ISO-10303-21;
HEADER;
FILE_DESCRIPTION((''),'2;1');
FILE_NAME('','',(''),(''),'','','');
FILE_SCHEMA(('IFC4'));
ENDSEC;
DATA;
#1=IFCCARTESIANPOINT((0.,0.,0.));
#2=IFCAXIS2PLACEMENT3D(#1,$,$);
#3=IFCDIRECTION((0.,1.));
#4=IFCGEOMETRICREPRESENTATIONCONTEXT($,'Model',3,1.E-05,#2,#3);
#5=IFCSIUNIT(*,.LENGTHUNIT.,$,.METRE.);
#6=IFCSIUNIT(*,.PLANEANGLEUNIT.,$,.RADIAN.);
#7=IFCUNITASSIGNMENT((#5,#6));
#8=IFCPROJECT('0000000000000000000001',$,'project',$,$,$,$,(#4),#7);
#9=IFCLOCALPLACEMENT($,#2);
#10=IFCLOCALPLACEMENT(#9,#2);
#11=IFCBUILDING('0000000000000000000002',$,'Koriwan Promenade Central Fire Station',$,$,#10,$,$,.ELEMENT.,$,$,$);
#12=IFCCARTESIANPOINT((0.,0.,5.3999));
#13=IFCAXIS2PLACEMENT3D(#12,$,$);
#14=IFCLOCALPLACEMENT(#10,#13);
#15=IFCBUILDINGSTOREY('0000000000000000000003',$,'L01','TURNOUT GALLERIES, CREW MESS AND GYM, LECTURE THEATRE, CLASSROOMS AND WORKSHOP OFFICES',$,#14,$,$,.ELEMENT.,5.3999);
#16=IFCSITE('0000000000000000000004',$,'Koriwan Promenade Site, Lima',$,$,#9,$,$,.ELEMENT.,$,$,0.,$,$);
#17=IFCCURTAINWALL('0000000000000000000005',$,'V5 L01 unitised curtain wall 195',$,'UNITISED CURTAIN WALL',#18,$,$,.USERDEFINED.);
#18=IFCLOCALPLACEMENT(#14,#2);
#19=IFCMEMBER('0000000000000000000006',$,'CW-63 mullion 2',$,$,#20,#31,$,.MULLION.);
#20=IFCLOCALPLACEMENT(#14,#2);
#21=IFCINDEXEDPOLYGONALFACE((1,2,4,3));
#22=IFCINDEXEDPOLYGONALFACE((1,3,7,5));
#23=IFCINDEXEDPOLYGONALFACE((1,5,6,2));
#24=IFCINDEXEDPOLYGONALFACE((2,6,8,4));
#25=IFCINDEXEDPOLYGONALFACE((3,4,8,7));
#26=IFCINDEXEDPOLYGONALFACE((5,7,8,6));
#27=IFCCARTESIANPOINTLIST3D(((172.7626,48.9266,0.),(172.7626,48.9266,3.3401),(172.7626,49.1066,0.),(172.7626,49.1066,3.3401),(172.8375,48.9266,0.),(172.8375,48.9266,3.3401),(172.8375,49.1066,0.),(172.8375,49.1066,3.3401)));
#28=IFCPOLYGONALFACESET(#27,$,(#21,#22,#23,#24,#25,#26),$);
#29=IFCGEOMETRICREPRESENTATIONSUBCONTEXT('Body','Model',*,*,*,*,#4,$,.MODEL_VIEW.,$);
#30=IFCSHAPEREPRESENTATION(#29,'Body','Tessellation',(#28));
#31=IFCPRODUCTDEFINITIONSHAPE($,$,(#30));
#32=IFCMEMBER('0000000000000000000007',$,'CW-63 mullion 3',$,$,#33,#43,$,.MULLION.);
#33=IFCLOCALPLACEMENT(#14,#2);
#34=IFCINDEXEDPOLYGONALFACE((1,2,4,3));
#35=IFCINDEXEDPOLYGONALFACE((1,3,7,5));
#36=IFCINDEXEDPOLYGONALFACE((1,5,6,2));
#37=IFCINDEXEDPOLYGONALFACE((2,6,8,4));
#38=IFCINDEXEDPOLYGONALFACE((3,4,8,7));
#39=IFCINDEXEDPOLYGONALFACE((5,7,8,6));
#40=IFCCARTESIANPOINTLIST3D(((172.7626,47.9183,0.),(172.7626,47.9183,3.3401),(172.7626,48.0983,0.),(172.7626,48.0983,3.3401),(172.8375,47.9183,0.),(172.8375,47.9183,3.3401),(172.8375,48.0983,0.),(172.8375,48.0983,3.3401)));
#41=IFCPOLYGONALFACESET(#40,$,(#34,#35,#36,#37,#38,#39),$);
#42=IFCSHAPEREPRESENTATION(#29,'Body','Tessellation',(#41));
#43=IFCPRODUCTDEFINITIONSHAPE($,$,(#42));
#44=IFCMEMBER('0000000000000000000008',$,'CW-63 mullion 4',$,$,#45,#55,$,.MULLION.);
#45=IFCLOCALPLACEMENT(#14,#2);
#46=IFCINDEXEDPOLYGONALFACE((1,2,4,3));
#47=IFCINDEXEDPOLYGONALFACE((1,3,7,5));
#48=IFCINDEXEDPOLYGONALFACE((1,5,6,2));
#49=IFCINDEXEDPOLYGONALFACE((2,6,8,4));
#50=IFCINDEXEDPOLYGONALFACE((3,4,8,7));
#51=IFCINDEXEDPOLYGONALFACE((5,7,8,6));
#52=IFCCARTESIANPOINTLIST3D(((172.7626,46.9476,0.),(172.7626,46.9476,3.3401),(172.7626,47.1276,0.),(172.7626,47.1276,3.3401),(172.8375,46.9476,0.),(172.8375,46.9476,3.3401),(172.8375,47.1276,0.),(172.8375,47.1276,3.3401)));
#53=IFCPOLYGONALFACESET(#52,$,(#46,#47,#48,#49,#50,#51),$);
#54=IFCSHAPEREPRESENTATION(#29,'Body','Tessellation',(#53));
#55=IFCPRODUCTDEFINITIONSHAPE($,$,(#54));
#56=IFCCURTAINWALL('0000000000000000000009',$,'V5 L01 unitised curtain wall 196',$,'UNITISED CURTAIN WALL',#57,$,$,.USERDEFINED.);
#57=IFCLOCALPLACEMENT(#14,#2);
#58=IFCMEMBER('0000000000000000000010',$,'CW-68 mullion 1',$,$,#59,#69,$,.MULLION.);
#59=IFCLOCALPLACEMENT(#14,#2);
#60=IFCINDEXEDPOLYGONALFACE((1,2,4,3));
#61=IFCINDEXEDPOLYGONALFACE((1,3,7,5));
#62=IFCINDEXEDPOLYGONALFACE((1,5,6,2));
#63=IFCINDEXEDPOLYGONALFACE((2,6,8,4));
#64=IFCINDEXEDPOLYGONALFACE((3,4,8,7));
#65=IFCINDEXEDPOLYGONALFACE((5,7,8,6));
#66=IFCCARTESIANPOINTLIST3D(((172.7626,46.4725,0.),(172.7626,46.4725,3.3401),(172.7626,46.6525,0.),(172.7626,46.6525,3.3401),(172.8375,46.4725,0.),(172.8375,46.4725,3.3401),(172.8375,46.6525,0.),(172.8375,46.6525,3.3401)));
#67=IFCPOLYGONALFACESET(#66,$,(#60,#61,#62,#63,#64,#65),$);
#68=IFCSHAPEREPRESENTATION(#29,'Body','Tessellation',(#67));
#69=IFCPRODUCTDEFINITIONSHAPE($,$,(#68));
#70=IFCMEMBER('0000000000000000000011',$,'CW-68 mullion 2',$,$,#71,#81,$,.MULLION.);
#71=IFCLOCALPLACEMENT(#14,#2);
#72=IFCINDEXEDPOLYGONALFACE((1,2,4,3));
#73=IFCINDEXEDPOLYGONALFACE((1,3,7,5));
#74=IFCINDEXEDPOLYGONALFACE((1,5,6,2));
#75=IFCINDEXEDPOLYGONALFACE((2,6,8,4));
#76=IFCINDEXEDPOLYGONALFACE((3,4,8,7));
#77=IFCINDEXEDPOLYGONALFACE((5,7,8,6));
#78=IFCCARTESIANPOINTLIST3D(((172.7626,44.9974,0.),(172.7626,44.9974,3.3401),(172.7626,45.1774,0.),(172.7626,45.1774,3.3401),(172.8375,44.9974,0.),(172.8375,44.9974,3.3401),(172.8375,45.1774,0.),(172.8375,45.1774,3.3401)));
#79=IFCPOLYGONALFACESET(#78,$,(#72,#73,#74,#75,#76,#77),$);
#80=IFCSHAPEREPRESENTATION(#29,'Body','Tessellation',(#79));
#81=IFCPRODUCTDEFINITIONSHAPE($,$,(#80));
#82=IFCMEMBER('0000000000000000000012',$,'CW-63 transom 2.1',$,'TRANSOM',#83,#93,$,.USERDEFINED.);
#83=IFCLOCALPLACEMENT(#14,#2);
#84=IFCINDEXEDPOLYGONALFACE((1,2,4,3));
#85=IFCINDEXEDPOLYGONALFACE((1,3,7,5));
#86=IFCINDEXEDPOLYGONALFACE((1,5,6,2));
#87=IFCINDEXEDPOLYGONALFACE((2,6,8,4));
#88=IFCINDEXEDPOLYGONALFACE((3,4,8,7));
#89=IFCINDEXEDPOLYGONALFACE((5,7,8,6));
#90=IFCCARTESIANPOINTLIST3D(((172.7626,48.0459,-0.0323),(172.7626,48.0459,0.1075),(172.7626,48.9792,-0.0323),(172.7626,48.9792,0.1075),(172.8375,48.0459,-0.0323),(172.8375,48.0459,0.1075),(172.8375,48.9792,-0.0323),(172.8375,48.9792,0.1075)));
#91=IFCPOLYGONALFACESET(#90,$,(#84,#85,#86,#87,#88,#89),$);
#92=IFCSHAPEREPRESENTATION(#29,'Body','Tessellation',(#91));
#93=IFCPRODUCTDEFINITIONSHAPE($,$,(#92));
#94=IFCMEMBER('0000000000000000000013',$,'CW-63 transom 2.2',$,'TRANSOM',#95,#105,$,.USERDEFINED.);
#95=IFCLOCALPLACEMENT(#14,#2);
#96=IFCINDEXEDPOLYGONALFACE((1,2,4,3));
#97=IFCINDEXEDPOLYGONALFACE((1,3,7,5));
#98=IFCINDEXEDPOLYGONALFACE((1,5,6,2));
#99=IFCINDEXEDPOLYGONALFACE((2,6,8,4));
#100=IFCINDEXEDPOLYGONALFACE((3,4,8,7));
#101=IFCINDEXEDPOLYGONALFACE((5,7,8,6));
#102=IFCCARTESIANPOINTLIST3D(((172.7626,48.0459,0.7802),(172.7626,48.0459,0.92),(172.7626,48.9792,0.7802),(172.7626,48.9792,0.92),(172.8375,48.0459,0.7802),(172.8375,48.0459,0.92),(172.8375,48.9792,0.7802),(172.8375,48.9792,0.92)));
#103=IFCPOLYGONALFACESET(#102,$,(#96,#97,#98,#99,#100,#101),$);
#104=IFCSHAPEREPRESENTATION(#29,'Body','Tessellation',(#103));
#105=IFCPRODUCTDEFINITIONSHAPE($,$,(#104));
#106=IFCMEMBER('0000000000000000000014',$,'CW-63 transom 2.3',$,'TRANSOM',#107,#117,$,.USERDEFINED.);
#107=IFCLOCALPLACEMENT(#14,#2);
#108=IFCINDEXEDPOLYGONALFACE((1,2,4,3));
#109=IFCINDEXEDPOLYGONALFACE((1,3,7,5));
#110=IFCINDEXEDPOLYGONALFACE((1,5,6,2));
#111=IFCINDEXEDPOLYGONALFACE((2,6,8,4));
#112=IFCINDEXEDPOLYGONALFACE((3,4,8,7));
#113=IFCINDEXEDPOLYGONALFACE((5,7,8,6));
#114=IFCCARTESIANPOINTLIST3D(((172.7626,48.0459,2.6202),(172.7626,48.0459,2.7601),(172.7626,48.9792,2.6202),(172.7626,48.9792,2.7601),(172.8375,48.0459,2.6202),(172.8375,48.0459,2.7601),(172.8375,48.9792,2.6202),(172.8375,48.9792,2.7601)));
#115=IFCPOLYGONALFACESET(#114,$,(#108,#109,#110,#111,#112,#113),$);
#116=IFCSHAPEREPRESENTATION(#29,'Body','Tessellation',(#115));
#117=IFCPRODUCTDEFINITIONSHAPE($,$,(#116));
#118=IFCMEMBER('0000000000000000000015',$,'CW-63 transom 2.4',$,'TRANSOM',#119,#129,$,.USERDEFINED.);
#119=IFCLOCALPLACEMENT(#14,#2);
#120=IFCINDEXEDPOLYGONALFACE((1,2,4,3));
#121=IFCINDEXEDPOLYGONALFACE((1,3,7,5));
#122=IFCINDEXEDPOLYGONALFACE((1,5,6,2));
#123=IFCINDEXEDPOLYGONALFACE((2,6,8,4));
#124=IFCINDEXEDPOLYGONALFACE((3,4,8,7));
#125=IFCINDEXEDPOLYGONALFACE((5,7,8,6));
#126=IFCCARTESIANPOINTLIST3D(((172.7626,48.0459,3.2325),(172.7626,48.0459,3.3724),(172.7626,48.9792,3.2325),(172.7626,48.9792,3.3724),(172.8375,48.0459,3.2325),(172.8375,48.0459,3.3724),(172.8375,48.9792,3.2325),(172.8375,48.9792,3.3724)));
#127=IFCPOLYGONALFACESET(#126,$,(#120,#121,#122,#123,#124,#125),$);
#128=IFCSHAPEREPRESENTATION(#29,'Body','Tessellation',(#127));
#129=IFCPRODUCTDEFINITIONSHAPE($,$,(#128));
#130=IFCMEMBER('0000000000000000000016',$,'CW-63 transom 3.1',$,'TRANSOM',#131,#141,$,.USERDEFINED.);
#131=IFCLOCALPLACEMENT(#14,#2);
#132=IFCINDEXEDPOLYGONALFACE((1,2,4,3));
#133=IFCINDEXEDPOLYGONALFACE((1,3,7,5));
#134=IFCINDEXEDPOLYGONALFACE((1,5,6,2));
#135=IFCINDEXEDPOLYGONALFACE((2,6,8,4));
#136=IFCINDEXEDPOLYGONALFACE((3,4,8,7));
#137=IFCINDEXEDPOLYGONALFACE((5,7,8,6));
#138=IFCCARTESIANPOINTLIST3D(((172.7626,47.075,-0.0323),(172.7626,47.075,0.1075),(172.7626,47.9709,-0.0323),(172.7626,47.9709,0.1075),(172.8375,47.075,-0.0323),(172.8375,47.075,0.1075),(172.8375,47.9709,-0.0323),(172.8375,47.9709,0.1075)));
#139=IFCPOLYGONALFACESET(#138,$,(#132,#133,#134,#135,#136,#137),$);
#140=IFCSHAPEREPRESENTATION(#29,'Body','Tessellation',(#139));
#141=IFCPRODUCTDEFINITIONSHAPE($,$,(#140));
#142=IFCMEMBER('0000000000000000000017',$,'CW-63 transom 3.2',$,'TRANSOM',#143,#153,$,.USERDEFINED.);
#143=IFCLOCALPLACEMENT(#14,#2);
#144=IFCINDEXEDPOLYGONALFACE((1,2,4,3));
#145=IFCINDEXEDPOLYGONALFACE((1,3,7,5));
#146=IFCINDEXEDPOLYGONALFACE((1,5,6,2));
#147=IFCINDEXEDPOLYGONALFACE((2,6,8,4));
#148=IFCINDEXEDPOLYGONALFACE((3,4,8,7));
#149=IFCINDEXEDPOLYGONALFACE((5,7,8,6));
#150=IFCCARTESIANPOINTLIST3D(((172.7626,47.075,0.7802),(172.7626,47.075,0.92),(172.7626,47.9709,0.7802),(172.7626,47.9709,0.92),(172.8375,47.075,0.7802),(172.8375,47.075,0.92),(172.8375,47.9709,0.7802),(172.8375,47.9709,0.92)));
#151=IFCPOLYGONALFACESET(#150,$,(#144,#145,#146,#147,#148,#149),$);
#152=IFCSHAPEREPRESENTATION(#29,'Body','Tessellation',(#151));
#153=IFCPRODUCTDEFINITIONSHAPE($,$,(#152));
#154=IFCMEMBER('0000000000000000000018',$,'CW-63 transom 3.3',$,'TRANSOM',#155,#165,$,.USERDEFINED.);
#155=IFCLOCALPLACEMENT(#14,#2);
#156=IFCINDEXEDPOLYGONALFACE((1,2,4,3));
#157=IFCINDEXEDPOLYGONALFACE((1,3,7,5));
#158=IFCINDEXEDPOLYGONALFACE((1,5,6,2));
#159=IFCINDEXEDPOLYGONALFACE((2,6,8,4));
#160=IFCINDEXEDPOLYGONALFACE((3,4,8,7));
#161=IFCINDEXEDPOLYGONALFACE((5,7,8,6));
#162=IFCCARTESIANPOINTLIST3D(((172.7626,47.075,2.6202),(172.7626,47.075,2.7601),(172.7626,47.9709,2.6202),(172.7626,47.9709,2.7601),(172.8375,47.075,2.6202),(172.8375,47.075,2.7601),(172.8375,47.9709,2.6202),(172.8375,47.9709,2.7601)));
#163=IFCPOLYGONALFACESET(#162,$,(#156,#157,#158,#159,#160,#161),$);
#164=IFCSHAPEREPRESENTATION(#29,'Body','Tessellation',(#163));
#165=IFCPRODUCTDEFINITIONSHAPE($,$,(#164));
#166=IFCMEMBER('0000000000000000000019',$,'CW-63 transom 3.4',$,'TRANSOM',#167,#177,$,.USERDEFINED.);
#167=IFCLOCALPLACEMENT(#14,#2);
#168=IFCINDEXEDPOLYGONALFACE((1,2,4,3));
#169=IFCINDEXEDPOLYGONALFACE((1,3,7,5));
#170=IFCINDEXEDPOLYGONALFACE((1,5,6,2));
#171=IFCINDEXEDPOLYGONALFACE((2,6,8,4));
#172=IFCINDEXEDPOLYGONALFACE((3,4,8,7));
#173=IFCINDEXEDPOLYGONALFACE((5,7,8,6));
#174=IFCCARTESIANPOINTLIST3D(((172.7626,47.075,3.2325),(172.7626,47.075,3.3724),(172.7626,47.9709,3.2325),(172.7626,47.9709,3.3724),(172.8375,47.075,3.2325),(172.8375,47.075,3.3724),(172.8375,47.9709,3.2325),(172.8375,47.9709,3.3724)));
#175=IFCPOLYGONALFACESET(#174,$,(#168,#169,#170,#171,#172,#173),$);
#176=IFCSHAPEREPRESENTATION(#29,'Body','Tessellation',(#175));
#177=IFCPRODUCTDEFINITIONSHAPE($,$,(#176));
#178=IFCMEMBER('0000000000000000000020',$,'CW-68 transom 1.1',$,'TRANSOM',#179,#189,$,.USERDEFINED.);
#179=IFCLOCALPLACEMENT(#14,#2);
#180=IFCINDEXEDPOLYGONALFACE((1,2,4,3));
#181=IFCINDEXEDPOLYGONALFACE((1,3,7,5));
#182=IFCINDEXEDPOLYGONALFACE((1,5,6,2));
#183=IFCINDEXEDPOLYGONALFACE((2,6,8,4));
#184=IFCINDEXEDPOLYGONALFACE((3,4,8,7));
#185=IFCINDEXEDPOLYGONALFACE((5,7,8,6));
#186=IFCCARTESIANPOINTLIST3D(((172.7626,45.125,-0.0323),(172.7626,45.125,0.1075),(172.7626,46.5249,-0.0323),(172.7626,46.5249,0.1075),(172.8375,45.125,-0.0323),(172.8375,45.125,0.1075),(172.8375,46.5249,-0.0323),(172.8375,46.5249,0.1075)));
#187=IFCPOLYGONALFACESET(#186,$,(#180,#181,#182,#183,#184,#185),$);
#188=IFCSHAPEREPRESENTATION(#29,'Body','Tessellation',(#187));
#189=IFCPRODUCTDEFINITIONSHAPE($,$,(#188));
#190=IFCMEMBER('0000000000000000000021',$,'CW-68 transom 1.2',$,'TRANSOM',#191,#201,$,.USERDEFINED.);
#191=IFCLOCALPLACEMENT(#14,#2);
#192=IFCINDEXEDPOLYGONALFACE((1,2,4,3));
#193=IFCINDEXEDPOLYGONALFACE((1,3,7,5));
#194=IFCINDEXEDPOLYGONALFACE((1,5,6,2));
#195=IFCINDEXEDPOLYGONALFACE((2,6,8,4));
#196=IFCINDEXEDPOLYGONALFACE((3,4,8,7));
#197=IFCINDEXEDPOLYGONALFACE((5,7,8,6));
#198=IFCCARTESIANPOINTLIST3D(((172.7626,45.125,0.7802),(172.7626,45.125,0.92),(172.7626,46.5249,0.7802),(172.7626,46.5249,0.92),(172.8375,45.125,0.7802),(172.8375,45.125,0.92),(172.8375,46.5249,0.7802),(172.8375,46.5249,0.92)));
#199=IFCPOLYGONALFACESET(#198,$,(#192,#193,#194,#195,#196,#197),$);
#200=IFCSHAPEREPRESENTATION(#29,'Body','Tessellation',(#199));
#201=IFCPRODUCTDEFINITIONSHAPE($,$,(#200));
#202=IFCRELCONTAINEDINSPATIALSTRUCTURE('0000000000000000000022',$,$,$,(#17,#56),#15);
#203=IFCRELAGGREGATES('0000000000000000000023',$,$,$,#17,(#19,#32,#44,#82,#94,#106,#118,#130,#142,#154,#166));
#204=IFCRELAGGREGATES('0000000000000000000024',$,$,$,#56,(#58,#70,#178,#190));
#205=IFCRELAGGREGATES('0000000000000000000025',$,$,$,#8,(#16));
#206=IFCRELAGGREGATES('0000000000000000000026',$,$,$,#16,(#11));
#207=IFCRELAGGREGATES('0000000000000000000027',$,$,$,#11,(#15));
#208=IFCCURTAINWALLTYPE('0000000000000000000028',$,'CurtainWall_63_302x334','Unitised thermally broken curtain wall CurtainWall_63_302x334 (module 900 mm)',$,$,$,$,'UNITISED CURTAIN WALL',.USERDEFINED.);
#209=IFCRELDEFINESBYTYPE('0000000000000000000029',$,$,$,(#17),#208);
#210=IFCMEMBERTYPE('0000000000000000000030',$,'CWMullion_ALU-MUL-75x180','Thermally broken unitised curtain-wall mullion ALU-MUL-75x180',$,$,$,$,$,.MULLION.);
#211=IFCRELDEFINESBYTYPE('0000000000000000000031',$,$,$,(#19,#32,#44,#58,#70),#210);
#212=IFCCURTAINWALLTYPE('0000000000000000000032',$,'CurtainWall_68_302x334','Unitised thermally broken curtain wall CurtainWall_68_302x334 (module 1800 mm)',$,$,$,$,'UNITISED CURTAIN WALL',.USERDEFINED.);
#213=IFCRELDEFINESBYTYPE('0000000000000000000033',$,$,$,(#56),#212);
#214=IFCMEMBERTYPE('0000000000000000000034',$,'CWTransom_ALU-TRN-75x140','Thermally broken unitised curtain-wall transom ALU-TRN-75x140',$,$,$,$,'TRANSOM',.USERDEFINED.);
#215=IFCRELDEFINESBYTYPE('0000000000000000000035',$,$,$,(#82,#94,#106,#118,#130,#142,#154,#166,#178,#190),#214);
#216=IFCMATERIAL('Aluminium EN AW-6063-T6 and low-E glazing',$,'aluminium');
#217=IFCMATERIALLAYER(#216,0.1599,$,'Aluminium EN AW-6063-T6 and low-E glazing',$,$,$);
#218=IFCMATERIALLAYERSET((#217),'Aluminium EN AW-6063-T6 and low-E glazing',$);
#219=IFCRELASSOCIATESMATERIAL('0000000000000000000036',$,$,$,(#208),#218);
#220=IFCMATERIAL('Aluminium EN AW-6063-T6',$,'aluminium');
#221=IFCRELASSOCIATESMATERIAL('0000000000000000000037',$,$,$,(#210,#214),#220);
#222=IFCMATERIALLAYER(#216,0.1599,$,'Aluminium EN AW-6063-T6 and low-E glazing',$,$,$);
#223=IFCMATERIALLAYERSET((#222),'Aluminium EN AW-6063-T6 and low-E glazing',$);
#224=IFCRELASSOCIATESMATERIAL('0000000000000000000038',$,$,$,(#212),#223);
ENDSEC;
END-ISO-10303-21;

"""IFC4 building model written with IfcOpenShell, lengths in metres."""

from ifc_helpers import new_model, si_unit, direction, frame, origin, origin_2d, place, context, subcontext, project, spatial, rectangle, extrude, material, layer, layer_set, material_profile, profile_set, type_object, element, aggregate, save


model = new_model("IFC4")

# Units and contexts
model_context = context("Model", 3, precision=1e-05, world=origin(), true_north=direction((0.0, 1.0)))
body_context = subcontext(model_context, "Body", "Model", "MODEL_VIEW")
ifc_project = project(units=[si_unit("LENGTHUNIT", "METRE"), si_unit("PLANEANGLEUNIT", "RADIAN")], contexts=[model_context])

# Site, building, storey
site_placement = place(None, origin())
site = spatial("IfcSite", under=ifc_project, at=site_placement, Name="Koriwan Promenade Site, Lima", CompositionType="ELEMENT", RefElevation=0.0)
building_placement = place(site_placement, origin())
building = spatial("IfcBuilding", under=site, at=building_placement, Name="Koriwan Promenade Central Fire Station", CompositionType="ELEMENT")
storey_placement = place(building_placement, frame((0.0, 0.0, 5.3999)))
storey = spatial("IfcBuildingStorey", under=building, at=storey_placement, Name="L01", Description="TURNOUT GALLERIES, CREW MESS AND GYM, LECTURE THEATRE, CLASSROOMS AND WORKSHOP OFFICES", CompositionType="ELEMENT", Elevation=5.3999)

# Curtain walls, members
ifc_material_1 = material(Name="Aluminium EN AW-6063-T6 and low-E glazing", Category="aluminium")
ifc_layer_1 = layer(ifc_material_1, 0.1599, Name="Aluminium EN AW-6063-T6 and low-E glazing")
ifc_layer_set_1 = layer_set([ifc_layer_1], Name="Aluminium EN AW-6063-T6 and low-E glazing")
curtain_wall_type_1 = type_object("IfcCurtainWallType", Name="CurtainWall_63_302x334", Description="Unitised thermally broken curtain wall CurtainWall_63_302x334 (module 900 mm)", ElementType="UNITISED CURTAIN WALL", PredefinedType="USERDEFINED", material=ifc_layer_set_1)
curtain_wall_1_placement = place(storey_placement, origin())
curtain_wall_1 = element("IfcCurtainWall", 1, at=curtain_wall_1_placement, inside=storey, type_object=curtain_wall_type_1, Name="V5 L01 unitised curtain wall 195", ObjectType="UNITISED CURTAIN WALL", PredefinedType="USERDEFINED")
ifc_material_2 = material(Name="Aluminium EN AW-6063-T6", Category="aluminium")
ifc_material_profile_1 = material_profile(ifc_material_2, rectangle(XDim=0.075, YDim=0.1799, at=origin_2d()), Name="ALU-MUL-75x180")
ifc_profile_set_1 = profile_set([ifc_material_profile_1], Name="Aluminium EN AW-6063-T6")
member_type_1 = type_object("IfcMemberType", Name="CWMullion_ALU-MUL-75x180", Description="Thermally broken unitised curtain-wall mullion ALU-MUL-75x180", PredefinedType="MULLION", material=ifc_profile_set_1)
member_1_placement = place(storey_placement, frame((172.8, 49.0166, 0.0), z_axis=(0.0, 0.0, 1.0), x_axis=(1.0, 0.0, 0.0)))
member_1 = element("IfcMember", 2, at=member_1_placement, type_object=member_type_1, Name="CW-63 mullion 2", PredefinedType="MULLION", context=body_context, shape_type="SweptSolid", body=[
    extrude(rectangle(XDim=0.075, YDim=0.1799, at=origin_2d()), origin(), (0.0, 0.0, 1.0), 3.3401),
])
member_2_placement = place(storey_placement, frame((172.8, 48.0083, 0.0), z_axis=(0.0, 0.0, 1.0), x_axis=(1.0, 0.0, 0.0)))
member_2 = element("IfcMember", 3, at=member_2_placement, type_object=member_type_1, Name="CW-63 mullion 3", PredefinedType="MULLION", context=body_context, shape_type="SweptSolid", body=[
    extrude(rectangle(XDim=0.075, YDim=0.1799, at=origin_2d()), origin(), (0.0, 0.0, 1.0), 3.3401),
])
member_3_placement = place(storey_placement, frame((172.8, 47.0376, 0.0), z_axis=(0.0, 0.0, 1.0), x_axis=(1.0, 0.0, 0.0)))
member_3 = element("IfcMember", 4, at=member_3_placement, type_object=member_type_1, Name="CW-63 mullion 4", PredefinedType="MULLION", context=body_context, shape_type="SweptSolid", body=[
    extrude(rectangle(XDim=0.075, YDim=0.1799, at=origin_2d()), origin(), (0.0, 0.0, 1.0), 3.3401),
])
ifc_layer_2 = layer(ifc_material_1, 0.1599, Name="Aluminium EN AW-6063-T6 and low-E glazing")
ifc_layer_set_2 = layer_set([ifc_layer_2], Name="Aluminium EN AW-6063-T6 and low-E glazing")
curtain_wall_type_2 = type_object("IfcCurtainWallType", Name="CurtainWall_68_302x334", Description="Unitised thermally broken curtain wall CurtainWall_68_302x334 (module 1800 mm)", ElementType="UNITISED CURTAIN WALL", PredefinedType="USERDEFINED", material=ifc_layer_set_2)
curtain_wall_2_placement = place(storey_placement, origin())
curtain_wall_2 = element("IfcCurtainWall", 5, at=curtain_wall_2_placement, inside=storey, type_object=curtain_wall_type_2, Name="V5 L01 unitised curtain wall 196", ObjectType="UNITISED CURTAIN WALL", PredefinedType="USERDEFINED")
member_4_placement = place(storey_placement, frame((172.8, 46.5625, 0.0), z_axis=(0.0, 0.0, 1.0), x_axis=(1.0, 0.0, 0.0)))
member_4 = element("IfcMember", 6, at=member_4_placement, type_object=member_type_1, Name="CW-68 mullion 1", PredefinedType="MULLION", context=body_context, shape_type="SweptSolid", body=[
    extrude(rectangle(XDim=0.075, YDim=0.1799, at=origin_2d()), origin(), (0.0, 0.0, 1.0), 3.3401),
])
member_5_placement = place(storey_placement, frame((172.8, 45.0874, 0.0), z_axis=(0.0, 0.0, 1.0), x_axis=(1.0, 0.0, 0.0)))
member_5 = element("IfcMember", 7, at=member_5_placement, type_object=member_type_1, Name="CW-68 mullion 2", PredefinedType="MULLION", context=body_context, shape_type="SweptSolid", body=[
    extrude(rectangle(XDim=0.075, YDim=0.1799, at=origin_2d()), origin(), (0.0, 0.0, 1.0), 3.3401),
])

# Members
ifc_material_profile_2 = material_profile(ifc_material_2, rectangle(XDim=0.075, YDim=0.1399, at=origin_2d()), Name="ALU-TRN-75x140")
ifc_profile_set_2 = profile_set([ifc_material_profile_2], Name="Aluminium EN AW-6063-T6")
member_type_2 = type_object("IfcMemberType", Name="CWTransom_ALU-TRN-75x140", Description="Thermally broken unitised curtain-wall transom ALU-TRN-75x140", ElementType="TRANSOM", PredefinedType="USERDEFINED", material=ifc_profile_set_2)
member_6_placement = place(storey_placement, frame((172.8, 48.9792, 0.0376), z_axis=(0.0, -1.0, 0.0), x_axis=(1.0, 0.0, 0.0)))
member_6 = element("IfcMember", 8, at=member_6_placement, type_object=member_type_2, Name="CW-63 transom 2.1", ObjectType="TRANSOM", PredefinedType="USERDEFINED", context=body_context, shape_type="SweptSolid", body=[
    extrude(rectangle(XDim=0.075, YDim=0.1399, at=origin_2d()), origin(), (0.0, 0.0, 1.0), 0.9333),
])
member_7_placement = place(storey_placement, frame((172.8, 48.9792, 0.8501), z_axis=(0.0, -1.0, 0.0), x_axis=(1.0, 0.0, 0.0)))
member_7 = element("IfcMember", 9, at=member_7_placement, type_object=member_type_2, Name="CW-63 transom 2.2", ObjectType="TRANSOM", PredefinedType="USERDEFINED", context=body_context, shape_type="SweptSolid", body=[
    extrude(rectangle(XDim=0.075, YDim=0.1399, at=origin_2d()), origin(), (0.0, 0.0, 1.0), 0.9333),
])
member_8_placement = place(storey_placement, frame((172.8, 48.9792, 2.6902), z_axis=(0.0, -1.0, 0.0), x_axis=(1.0, 0.0, 0.0)))
member_8 = element("IfcMember", 10, at=member_8_placement, type_object=member_type_2, Name="CW-63 transom 2.3", ObjectType="TRANSOM", PredefinedType="USERDEFINED", context=body_context, shape_type="SweptSolid", body=[
    extrude(rectangle(XDim=0.075, YDim=0.1399, at=origin_2d()), origin(), (0.0, 0.0, 1.0), 0.9333),
])
member_9_placement = place(storey_placement, frame((172.8, 48.9792, 3.3025), z_axis=(0.0, -1.0, 0.0), x_axis=(1.0, 0.0, 0.0)))
member_9 = element("IfcMember", 11, at=member_9_placement, type_object=member_type_2, Name="CW-63 transom 2.4", ObjectType="TRANSOM", PredefinedType="USERDEFINED", context=body_context, shape_type="SweptSolid", body=[
    extrude(rectangle(XDim=0.075, YDim=0.1399, at=origin_2d()), origin(), (0.0, 0.0, 1.0), 0.9333),
])
member_10_placement = place(storey_placement, frame((172.8, 47.9709, 0.0376), z_axis=(0.0, -1.0, 0.0), x_axis=(1.0, 0.0, 0.0)))
member_10 = element("IfcMember", 12, at=member_10_placement, type_object=member_type_2, Name="CW-63 transom 3.1", ObjectType="TRANSOM", PredefinedType="USERDEFINED", context=body_context, shape_type="SweptSolid", body=[
    extrude(rectangle(XDim=0.075, YDim=0.1399, at=origin_2d()), origin(), (0.0, 0.0, 1.0), 0.896),
])
member_11_placement = place(storey_placement, frame((172.8, 47.9709, 0.8501), z_axis=(0.0, -1.0, 0.0), x_axis=(1.0, 0.0, 0.0)))
member_11 = element("IfcMember", 13, at=member_11_placement, type_object=member_type_2, Name="CW-63 transom 3.2", ObjectType="TRANSOM", PredefinedType="USERDEFINED", context=body_context, shape_type="SweptSolid", body=[
    extrude(rectangle(XDim=0.075, YDim=0.1399, at=origin_2d()), origin(), (0.0, 0.0, 1.0), 0.896),
])
member_12_placement = place(storey_placement, frame((172.8, 47.9709, 2.6902), z_axis=(0.0, -1.0, 0.0), x_axis=(1.0, 0.0, 0.0)))
member_12 = element("IfcMember", 14, at=member_12_placement, type_object=member_type_2, Name="CW-63 transom 3.3", ObjectType="TRANSOM", PredefinedType="USERDEFINED", context=body_context, shape_type="SweptSolid", body=[
    extrude(rectangle(XDim=0.075, YDim=0.1399, at=origin_2d()), origin(), (0.0, 0.0, 1.0), 0.896),
])
member_13_placement = place(storey_placement, frame((172.8, 47.9709, 3.3025), z_axis=(0.0, -1.0, 0.0), x_axis=(1.0, 0.0, 0.0)))
member_13 = element("IfcMember", 15, at=member_13_placement, type_object=member_type_2, Name="CW-63 transom 3.4", ObjectType="TRANSOM", PredefinedType="USERDEFINED", context=body_context, shape_type="SweptSolid", body=[
    extrude(rectangle(XDim=0.075, YDim=0.1399, at=origin_2d()), origin(), (0.0, 0.0, 1.0), 0.896),
])
member_14_placement = place(storey_placement, frame((172.8, 46.5249, 0.0376), z_axis=(0.0, -1.0, 0.0), x_axis=(1.0, 0.0, 0.0)))
member_14 = element("IfcMember", 16, at=member_14_placement, type_object=member_type_2, Name="CW-68 transom 1.1", ObjectType="TRANSOM", PredefinedType="USERDEFINED", context=body_context, shape_type="SweptSolid", body=[
    extrude(rectangle(XDim=0.075, YDim=0.1399, at=origin_2d()), origin(), (0.0, 0.0, 1.0), 1.3999),
])
member_15_placement = place(storey_placement, frame((172.8, 46.5249, 0.8501), z_axis=(0.0, -1.0, 0.0), x_axis=(1.0, 0.0, 0.0)))
member_15 = element("IfcMember", 17, at=member_15_placement, type_object=member_type_2, Name="CW-68 transom 1.2", ObjectType="TRANSOM", PredefinedType="USERDEFINED", context=body_context, shape_type="SweptSolid", body=[
    extrude(rectangle(XDim=0.075, YDim=0.1399, at=origin_2d()), origin(), (0.0, 0.0, 1.0), 1.3999),
])

aggregate(curtain_wall_1, [member_1, member_2, member_3, member_6, member_7, member_8, member_9, member_10, member_11, member_12, member_13])
aggregate(curtain_wall_2, [member_4, member_5, member_14, member_15])

save(model, "model.ifc")
